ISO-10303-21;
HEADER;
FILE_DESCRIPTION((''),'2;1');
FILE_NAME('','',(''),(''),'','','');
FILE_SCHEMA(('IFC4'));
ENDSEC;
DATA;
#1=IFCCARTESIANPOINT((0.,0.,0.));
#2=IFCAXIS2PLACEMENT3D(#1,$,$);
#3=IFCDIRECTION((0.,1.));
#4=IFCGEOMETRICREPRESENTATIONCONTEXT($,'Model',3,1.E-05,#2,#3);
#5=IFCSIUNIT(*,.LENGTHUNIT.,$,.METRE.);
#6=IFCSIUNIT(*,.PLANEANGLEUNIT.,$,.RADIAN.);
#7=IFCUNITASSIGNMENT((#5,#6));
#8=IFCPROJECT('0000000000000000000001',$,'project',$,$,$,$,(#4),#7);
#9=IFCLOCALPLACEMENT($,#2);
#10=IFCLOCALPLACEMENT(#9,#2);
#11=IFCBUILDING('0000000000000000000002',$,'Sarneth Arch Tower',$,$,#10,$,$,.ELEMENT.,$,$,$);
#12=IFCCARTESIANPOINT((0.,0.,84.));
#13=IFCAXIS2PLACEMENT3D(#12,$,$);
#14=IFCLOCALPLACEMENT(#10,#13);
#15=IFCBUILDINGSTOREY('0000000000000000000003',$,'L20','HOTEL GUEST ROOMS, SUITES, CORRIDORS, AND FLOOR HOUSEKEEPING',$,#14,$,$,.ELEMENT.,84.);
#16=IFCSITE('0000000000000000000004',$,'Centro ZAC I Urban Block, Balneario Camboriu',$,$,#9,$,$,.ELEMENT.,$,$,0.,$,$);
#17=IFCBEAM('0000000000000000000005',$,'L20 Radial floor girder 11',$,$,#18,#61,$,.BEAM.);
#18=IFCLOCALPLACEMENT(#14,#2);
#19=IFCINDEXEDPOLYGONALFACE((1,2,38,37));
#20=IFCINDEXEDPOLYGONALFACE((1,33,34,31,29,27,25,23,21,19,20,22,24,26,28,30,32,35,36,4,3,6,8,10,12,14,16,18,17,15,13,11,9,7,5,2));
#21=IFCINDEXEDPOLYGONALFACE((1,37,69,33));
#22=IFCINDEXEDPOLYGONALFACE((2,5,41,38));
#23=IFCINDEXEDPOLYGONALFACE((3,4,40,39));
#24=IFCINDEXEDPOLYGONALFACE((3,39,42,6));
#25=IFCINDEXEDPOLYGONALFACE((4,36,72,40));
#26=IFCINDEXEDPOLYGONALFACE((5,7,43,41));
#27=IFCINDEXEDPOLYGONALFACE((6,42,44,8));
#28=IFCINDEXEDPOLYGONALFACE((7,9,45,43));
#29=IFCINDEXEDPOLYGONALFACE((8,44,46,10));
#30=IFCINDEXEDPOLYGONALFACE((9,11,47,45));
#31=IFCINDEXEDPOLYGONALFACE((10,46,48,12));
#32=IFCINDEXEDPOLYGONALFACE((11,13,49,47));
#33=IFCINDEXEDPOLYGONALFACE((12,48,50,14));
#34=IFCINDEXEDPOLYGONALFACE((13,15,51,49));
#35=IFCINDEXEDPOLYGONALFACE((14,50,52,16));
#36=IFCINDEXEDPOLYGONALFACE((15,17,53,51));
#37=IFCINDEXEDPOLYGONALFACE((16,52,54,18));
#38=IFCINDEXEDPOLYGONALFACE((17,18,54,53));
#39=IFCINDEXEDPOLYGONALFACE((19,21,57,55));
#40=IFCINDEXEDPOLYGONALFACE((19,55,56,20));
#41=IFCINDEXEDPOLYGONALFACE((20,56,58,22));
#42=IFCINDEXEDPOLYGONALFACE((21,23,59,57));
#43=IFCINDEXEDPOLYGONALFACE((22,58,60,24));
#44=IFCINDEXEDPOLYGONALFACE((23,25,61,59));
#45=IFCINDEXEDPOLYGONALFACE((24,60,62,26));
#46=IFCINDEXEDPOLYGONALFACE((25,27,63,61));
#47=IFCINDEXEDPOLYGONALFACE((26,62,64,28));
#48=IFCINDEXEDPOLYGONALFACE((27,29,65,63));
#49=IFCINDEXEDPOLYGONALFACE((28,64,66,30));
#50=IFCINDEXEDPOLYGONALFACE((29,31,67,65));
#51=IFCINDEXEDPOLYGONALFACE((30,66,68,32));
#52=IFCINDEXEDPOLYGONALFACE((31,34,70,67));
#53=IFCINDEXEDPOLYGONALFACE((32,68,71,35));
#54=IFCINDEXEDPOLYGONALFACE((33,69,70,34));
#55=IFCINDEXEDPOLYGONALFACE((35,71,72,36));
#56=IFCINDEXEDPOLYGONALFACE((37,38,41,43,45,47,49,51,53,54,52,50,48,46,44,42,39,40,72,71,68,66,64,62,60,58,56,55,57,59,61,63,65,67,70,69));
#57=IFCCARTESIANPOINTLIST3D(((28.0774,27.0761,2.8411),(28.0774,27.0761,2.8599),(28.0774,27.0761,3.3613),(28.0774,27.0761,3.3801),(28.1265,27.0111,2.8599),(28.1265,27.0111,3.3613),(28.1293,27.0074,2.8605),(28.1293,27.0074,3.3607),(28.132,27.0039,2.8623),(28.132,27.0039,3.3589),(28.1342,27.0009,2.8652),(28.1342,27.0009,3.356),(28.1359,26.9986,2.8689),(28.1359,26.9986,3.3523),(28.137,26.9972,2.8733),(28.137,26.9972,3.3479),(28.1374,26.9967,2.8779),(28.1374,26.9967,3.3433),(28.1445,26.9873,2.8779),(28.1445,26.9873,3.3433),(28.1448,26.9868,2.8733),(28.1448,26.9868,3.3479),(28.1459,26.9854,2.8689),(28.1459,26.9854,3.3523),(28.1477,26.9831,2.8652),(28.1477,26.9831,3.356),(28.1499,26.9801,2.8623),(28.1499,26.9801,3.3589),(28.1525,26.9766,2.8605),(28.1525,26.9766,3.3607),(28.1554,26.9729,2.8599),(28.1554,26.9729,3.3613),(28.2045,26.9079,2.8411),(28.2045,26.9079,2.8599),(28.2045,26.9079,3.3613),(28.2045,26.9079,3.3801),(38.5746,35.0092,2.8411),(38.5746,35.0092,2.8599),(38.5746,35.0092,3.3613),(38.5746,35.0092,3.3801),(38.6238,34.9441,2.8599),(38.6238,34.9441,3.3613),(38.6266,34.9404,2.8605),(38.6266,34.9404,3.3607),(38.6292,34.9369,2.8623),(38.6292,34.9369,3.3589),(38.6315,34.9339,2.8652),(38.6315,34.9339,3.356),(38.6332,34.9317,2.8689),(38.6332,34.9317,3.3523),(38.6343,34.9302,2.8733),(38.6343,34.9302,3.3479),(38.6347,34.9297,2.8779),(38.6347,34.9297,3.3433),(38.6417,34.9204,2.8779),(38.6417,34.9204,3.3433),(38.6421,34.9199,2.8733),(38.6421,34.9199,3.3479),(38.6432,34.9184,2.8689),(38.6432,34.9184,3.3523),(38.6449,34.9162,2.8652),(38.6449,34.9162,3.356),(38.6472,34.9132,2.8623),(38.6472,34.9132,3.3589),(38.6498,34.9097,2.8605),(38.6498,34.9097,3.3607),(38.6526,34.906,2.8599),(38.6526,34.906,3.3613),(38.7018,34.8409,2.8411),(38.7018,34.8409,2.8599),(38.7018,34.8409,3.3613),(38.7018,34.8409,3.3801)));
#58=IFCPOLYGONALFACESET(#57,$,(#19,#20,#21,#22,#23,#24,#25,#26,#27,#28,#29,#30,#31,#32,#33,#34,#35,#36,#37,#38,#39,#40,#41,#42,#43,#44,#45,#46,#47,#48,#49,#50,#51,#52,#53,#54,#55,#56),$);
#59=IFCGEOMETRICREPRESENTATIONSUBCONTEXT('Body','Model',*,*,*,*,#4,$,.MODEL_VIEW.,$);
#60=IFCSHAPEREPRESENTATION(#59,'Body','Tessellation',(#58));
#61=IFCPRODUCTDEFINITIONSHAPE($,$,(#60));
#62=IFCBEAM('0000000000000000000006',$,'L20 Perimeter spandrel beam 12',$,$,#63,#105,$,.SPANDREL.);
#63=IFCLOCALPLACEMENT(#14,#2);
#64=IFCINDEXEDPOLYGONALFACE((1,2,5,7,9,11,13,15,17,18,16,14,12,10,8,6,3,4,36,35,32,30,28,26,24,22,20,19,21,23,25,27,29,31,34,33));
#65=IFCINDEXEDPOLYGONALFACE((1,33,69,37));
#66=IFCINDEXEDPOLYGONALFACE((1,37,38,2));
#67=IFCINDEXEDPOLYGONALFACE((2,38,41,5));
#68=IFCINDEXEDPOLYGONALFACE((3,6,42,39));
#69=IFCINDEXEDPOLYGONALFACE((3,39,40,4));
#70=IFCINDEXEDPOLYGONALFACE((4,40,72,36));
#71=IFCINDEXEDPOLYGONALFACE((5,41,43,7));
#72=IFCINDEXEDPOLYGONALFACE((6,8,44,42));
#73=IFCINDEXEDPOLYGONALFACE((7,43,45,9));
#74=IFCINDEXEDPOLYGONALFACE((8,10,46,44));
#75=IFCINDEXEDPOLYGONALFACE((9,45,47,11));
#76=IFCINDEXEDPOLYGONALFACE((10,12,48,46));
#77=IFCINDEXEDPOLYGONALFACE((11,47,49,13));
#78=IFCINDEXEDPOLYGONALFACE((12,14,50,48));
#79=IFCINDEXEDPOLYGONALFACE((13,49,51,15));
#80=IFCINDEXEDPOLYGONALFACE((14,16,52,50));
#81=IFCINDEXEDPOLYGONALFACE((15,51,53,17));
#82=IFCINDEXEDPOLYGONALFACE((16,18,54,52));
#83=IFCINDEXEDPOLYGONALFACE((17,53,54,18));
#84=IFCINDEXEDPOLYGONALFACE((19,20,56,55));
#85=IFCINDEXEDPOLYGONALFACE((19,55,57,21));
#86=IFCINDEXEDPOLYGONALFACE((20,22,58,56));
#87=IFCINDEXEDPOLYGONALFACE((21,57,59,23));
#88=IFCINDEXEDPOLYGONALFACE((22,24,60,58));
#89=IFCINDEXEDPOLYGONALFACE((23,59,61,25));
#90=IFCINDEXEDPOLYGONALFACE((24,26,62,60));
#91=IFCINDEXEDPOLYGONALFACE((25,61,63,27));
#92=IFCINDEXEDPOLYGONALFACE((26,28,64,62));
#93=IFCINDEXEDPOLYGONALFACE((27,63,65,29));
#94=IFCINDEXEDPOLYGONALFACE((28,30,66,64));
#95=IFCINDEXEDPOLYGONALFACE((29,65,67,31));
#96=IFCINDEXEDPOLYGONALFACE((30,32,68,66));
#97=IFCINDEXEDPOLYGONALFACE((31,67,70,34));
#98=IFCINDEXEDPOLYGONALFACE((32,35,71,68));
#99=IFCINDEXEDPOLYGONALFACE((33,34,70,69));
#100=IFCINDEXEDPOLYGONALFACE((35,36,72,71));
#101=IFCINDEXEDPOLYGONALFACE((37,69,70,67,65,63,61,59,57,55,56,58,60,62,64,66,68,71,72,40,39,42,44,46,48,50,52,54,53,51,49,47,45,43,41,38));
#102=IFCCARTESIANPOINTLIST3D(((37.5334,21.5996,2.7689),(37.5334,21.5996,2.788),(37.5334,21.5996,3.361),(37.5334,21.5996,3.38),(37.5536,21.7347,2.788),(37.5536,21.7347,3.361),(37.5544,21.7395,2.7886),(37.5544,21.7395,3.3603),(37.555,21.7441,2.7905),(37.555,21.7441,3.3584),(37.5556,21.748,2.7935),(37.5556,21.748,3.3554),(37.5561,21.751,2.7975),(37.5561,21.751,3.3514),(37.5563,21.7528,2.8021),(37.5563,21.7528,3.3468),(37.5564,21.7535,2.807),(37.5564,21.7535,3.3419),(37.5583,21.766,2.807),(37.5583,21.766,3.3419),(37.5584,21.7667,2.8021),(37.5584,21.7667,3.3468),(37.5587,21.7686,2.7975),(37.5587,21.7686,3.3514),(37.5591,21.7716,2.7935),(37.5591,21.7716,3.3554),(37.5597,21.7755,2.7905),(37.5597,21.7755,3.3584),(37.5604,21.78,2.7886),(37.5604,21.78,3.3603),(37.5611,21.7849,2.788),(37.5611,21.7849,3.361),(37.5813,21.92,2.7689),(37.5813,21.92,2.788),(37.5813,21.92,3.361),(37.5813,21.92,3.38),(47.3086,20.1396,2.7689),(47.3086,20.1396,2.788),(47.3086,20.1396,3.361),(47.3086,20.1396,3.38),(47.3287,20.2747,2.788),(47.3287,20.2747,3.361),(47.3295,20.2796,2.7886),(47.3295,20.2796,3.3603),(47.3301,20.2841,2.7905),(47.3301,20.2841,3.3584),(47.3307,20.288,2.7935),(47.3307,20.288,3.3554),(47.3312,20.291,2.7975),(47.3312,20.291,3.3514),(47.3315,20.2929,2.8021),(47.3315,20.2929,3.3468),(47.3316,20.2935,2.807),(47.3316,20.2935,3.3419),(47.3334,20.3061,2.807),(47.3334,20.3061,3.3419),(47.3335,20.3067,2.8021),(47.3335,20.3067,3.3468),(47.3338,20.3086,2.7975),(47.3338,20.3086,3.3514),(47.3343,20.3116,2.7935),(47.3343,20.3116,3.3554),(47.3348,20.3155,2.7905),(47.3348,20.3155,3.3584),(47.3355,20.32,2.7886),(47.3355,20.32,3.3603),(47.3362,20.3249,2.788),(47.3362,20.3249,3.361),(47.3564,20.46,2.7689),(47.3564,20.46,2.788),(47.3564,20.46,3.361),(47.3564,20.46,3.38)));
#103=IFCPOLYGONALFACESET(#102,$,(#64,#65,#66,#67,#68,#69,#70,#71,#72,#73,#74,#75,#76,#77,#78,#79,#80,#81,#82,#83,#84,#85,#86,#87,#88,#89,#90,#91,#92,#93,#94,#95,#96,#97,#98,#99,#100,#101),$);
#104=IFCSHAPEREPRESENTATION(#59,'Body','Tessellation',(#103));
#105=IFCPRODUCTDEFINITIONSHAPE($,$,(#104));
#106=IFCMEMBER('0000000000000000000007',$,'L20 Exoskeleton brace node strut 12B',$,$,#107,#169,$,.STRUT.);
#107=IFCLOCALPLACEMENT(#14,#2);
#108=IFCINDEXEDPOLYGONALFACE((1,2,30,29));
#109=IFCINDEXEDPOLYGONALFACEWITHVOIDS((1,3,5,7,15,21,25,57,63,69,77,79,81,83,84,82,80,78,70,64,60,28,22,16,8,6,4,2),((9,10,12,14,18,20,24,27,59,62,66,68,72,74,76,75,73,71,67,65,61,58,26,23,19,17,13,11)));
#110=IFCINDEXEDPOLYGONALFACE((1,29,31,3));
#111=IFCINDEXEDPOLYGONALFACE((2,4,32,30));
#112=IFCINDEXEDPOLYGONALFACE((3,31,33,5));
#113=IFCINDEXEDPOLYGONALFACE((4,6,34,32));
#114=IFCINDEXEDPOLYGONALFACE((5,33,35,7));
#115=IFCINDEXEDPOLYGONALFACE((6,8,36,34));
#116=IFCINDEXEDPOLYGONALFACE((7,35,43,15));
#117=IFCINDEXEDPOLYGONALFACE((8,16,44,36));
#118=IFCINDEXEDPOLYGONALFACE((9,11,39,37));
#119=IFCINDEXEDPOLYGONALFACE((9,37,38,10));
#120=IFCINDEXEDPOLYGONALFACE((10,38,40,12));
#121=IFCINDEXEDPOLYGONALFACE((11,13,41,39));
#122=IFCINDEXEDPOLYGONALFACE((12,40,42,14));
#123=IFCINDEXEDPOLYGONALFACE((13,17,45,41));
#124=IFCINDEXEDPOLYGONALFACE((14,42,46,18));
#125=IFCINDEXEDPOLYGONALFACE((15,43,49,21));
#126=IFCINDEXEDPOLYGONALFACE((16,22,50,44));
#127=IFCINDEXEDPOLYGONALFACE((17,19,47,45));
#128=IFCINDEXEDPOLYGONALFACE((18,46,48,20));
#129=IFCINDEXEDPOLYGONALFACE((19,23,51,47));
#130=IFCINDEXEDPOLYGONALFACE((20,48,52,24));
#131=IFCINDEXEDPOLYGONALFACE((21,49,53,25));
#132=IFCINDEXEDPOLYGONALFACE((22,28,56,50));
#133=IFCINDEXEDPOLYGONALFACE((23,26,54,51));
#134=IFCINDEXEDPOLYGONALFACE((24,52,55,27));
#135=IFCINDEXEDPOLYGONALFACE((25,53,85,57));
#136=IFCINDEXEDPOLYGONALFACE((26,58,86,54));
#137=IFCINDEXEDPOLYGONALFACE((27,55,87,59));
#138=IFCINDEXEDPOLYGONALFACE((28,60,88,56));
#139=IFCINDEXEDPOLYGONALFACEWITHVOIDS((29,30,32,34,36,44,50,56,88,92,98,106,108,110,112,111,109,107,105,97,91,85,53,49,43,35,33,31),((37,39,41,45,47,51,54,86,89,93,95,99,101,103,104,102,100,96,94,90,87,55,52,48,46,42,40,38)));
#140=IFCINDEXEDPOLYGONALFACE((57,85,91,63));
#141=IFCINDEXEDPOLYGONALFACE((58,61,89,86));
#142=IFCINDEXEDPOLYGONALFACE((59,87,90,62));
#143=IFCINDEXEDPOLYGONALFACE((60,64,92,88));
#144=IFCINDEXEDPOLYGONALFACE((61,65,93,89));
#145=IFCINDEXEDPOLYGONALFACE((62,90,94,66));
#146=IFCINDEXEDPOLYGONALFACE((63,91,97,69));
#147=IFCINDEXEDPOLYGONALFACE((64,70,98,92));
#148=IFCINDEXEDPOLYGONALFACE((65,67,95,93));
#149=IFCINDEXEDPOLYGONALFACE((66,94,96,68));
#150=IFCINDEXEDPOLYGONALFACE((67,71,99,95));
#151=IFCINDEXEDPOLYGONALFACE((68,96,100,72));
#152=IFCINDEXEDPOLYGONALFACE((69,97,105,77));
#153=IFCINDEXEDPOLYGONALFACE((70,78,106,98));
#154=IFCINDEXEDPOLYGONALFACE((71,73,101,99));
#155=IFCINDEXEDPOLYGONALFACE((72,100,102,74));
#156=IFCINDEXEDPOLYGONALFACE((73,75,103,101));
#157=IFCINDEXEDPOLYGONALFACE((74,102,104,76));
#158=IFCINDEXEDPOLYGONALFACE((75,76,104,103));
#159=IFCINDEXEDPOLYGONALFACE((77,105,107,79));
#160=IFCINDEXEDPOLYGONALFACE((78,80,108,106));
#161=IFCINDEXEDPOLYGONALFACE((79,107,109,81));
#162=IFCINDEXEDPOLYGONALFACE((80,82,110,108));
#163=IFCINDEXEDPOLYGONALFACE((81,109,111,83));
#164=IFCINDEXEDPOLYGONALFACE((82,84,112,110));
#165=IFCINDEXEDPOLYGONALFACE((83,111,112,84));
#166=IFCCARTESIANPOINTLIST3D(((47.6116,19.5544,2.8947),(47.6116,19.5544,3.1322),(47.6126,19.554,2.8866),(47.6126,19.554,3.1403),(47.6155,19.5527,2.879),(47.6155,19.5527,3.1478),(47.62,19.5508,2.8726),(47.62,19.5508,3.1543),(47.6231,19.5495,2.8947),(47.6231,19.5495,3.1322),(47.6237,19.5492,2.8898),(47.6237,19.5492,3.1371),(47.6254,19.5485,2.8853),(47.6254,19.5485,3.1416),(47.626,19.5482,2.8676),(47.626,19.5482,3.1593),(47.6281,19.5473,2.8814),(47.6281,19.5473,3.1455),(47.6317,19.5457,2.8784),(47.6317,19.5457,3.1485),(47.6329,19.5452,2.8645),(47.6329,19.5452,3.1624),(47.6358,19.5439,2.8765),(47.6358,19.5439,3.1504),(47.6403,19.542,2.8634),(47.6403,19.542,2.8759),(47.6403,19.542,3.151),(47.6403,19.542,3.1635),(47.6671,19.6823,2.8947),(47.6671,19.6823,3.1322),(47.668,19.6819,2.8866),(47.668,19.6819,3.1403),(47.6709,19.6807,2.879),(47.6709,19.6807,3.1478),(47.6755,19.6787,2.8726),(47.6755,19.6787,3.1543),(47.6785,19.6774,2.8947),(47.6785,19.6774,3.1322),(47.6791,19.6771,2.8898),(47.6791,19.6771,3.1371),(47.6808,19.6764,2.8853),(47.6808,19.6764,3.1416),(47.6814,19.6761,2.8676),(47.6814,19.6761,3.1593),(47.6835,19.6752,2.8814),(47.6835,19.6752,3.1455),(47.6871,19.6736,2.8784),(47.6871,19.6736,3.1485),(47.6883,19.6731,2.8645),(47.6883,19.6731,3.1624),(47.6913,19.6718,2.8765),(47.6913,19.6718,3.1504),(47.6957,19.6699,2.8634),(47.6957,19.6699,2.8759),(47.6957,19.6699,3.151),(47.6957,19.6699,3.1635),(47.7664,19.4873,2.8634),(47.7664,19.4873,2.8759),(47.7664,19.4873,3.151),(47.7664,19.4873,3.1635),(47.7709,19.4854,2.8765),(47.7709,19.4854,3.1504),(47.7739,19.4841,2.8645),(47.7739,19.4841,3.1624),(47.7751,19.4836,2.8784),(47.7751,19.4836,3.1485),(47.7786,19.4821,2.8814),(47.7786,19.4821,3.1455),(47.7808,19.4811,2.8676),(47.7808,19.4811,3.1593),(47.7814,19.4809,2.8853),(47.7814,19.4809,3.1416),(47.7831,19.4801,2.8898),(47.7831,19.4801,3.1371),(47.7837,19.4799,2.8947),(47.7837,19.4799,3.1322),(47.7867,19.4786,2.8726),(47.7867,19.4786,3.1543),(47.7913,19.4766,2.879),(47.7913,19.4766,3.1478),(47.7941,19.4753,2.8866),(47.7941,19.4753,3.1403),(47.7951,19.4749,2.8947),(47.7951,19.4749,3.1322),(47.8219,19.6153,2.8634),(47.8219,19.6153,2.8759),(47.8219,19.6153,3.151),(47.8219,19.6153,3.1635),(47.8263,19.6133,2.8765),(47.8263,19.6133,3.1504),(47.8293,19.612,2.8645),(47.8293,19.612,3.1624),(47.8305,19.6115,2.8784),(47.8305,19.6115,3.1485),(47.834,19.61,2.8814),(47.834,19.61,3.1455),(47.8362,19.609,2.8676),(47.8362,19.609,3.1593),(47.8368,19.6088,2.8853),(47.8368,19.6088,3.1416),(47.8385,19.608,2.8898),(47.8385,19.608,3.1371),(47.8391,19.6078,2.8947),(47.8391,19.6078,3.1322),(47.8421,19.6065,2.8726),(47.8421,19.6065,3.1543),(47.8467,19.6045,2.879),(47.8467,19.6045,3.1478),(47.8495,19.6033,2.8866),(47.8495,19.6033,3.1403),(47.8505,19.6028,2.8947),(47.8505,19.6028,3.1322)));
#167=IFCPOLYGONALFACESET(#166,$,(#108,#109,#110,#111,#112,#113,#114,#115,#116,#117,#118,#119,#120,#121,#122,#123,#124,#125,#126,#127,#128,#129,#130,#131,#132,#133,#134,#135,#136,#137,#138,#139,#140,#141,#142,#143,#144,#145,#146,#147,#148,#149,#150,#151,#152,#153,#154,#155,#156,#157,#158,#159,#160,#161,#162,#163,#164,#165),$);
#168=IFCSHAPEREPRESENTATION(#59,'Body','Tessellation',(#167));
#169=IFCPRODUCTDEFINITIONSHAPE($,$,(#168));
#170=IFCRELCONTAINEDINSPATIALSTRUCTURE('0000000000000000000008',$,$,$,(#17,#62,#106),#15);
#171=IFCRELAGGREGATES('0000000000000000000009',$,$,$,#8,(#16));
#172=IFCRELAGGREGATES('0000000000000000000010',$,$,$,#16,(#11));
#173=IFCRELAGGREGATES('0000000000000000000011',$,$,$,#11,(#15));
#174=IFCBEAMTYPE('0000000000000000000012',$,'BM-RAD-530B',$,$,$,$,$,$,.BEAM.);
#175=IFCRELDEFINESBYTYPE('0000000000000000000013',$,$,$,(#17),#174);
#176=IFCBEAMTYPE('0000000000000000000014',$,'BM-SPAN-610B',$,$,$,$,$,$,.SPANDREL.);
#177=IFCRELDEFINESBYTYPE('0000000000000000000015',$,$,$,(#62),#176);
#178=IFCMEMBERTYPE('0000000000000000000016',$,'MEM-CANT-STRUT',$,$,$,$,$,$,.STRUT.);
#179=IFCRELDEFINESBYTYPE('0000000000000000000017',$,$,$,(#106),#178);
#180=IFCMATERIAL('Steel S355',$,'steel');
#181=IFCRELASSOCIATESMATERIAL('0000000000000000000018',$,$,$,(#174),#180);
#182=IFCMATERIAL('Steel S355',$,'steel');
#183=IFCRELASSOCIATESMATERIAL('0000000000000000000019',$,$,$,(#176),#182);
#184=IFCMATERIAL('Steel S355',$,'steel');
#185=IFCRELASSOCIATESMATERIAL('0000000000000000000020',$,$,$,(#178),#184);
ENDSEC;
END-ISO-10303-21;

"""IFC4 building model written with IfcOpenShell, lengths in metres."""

from ifc_helpers import new_model, si_unit, direction, frame, origin, origin_2d, place, context, subcontext, project, spatial, hollow_rectangle, i_section, extrude, material, material_profile, profile_set, type_object, element, save


model = new_model("IFC4")

# Units and contexts
model_context = context("Model", 3, precision=1e-05, world=origin(), true_north=direction((0.0, 1.0)))
body_context = subcontext(model_context, "Body", "Model", "MODEL_VIEW")
ifc_project = project(units=[si_unit("LENGTHUNIT", "METRE"), si_unit("PLANEANGLEUNIT", "RADIAN")], contexts=[model_context])

# Site, building, storey
site_placement = place(None, origin())
site = spatial("IfcSite", under=ifc_project, at=site_placement, Name="Centro ZAC I Urban Block, Balneario Camboriu", CompositionType="ELEMENT", RefElevation=0.0)
building_placement = place(site_placement, origin())
building = spatial("IfcBuilding", under=site, at=building_placement, Name="Sarneth Arch Tower", CompositionType="ELEMENT")
storey_placement = place(building_placement, frame((0.0, 0.0, 84.0)))
storey = spatial("IfcBuildingStorey", under=building, at=storey_placement, Name="L20", Description="HOTEL GUEST ROOMS, SUITES, CORRIDORS, AND FLOOR HOUSEKEEPING", CompositionType="ELEMENT", Elevation=84.0)

# Beams
ifc_material_1 = material(Name="Steel S355", Category="steel")
ifc_material_profile_1 = material_profile(ifc_material_1, i_section(OverallWidth=0.2109, OverallDepth=0.5391, WebThickness=0.0117, FlangeThickness=0.0188, FilletRadius=0.0181, at=origin_2d()), Name="W530x109")
ifc_profile_set_1 = profile_set([ifc_material_profile_1], Name="Steel S355")
beam_type_1 = type_object("IfcBeamType", Name="BM-RAD-530B", PredefinedType="BEAM", material=ifc_profile_set_1)
beam_1_placement = place(storey_placement, frame((38.6382, 34.925, 3.1106), z_axis=(-0.797801, -0.60292, 0.0), x_axis=(0.60292, -0.797801, 0.0)))
element("IfcBeam", 1, at=beam_1_placement, inside=storey, type_object=beam_type_1, Name="L20 Radial floor girder 11", PredefinedType="BEAM", context=body_context, shape_type="SweptSolid", body=[
    extrude(i_section(OverallWidth=0.2109, OverallDepth=0.5391, WebThickness=0.0117, FlangeThickness=0.0188, FilletRadius=0.0181, at=origin_2d()), origin(), (0.0, 0.0, 1.0), 13.1577),
])
ifc_material_2 = material(Name="Steel S355", Category="steel")
ifc_material_profile_2 = material_profile(ifc_material_2, i_section(OverallWidth=0.324, OverallDepth=0.6111, WebThickness=0.0127, FlangeThickness=0.019, FilletRadius=0.019, at=origin_2d()), Name="W610x155")
ifc_profile_set_2 = profile_set([ifc_material_profile_2], Name="Steel S355")
beam_type_2 = type_object("IfcBeamType", Name="BM-SPAN-610B", PredefinedType="SPANDREL", material=ifc_profile_set_2)
beam_2_placement = place(storey_placement, frame((37.5574, 21.7598, 3.0745), z_axis=(0.98903, -0.147716, 0.0), x_axis=(0.147716, 0.98903, 0.0)))
element("IfcBeam", 2, at=beam_2_placement, inside=storey, type_object=beam_type_2, Name="L20 Perimeter spandrel beam 12", PredefinedType="SPANDREL", context=body_context, shape_type="SweptSolid", body=[
    extrude(i_section(OverallWidth=0.324, OverallDepth=0.6111, WebThickness=0.0127, FlangeThickness=0.019, FilletRadius=0.019, at=origin_2d()), origin(), (0.0, 0.0, 1.0), 9.8835),
])

# Member
ifc_material_3 = material(Name="Steel S355", Category="steel")
ifc_material_profile_3 = material_profile(ifc_material_3, hollow_rectangle(XDim=0.2, YDim=0.3, WallThickness=0.0125, InnerFilletRadius=0.0188, OuterFilletRadius=0.0312, at=origin_2d()), Name="RHS300x200x12.5")
ifc_profile_set_3 = profile_set([ifc_material_profile_3], Name="Steel S355")
member_type_1 = type_object("IfcMemberType", Name="MEM-CANT-STRUT", PredefinedType="STRUT", material=ifc_profile_set_3)
member_1_placement = place(storey_placement, frame((47.7588, 19.6426, 3.0134), z_axis=(-0.397509, -0.917598, 0.0), x_axis=(0.917598, -0.397509, 0.0)))
element("IfcMember", 3, at=member_1_placement, inside=storey, type_object=member_type_1, Name="L20 Exoskeleton brace node strut 12B", PredefinedType="STRUT", context=body_context, shape_type="SweptSolid", body=[
    extrude(hollow_rectangle(XDim=0.2, YDim=0.3, WallThickness=0.0125, InnerFilletRadius=0.0188, OuterFilletRadius=0.0312, at=origin_2d()), origin(), (0.0, 0.0, 1.0), 0.1394),
])

save(model, "model.ifc")
